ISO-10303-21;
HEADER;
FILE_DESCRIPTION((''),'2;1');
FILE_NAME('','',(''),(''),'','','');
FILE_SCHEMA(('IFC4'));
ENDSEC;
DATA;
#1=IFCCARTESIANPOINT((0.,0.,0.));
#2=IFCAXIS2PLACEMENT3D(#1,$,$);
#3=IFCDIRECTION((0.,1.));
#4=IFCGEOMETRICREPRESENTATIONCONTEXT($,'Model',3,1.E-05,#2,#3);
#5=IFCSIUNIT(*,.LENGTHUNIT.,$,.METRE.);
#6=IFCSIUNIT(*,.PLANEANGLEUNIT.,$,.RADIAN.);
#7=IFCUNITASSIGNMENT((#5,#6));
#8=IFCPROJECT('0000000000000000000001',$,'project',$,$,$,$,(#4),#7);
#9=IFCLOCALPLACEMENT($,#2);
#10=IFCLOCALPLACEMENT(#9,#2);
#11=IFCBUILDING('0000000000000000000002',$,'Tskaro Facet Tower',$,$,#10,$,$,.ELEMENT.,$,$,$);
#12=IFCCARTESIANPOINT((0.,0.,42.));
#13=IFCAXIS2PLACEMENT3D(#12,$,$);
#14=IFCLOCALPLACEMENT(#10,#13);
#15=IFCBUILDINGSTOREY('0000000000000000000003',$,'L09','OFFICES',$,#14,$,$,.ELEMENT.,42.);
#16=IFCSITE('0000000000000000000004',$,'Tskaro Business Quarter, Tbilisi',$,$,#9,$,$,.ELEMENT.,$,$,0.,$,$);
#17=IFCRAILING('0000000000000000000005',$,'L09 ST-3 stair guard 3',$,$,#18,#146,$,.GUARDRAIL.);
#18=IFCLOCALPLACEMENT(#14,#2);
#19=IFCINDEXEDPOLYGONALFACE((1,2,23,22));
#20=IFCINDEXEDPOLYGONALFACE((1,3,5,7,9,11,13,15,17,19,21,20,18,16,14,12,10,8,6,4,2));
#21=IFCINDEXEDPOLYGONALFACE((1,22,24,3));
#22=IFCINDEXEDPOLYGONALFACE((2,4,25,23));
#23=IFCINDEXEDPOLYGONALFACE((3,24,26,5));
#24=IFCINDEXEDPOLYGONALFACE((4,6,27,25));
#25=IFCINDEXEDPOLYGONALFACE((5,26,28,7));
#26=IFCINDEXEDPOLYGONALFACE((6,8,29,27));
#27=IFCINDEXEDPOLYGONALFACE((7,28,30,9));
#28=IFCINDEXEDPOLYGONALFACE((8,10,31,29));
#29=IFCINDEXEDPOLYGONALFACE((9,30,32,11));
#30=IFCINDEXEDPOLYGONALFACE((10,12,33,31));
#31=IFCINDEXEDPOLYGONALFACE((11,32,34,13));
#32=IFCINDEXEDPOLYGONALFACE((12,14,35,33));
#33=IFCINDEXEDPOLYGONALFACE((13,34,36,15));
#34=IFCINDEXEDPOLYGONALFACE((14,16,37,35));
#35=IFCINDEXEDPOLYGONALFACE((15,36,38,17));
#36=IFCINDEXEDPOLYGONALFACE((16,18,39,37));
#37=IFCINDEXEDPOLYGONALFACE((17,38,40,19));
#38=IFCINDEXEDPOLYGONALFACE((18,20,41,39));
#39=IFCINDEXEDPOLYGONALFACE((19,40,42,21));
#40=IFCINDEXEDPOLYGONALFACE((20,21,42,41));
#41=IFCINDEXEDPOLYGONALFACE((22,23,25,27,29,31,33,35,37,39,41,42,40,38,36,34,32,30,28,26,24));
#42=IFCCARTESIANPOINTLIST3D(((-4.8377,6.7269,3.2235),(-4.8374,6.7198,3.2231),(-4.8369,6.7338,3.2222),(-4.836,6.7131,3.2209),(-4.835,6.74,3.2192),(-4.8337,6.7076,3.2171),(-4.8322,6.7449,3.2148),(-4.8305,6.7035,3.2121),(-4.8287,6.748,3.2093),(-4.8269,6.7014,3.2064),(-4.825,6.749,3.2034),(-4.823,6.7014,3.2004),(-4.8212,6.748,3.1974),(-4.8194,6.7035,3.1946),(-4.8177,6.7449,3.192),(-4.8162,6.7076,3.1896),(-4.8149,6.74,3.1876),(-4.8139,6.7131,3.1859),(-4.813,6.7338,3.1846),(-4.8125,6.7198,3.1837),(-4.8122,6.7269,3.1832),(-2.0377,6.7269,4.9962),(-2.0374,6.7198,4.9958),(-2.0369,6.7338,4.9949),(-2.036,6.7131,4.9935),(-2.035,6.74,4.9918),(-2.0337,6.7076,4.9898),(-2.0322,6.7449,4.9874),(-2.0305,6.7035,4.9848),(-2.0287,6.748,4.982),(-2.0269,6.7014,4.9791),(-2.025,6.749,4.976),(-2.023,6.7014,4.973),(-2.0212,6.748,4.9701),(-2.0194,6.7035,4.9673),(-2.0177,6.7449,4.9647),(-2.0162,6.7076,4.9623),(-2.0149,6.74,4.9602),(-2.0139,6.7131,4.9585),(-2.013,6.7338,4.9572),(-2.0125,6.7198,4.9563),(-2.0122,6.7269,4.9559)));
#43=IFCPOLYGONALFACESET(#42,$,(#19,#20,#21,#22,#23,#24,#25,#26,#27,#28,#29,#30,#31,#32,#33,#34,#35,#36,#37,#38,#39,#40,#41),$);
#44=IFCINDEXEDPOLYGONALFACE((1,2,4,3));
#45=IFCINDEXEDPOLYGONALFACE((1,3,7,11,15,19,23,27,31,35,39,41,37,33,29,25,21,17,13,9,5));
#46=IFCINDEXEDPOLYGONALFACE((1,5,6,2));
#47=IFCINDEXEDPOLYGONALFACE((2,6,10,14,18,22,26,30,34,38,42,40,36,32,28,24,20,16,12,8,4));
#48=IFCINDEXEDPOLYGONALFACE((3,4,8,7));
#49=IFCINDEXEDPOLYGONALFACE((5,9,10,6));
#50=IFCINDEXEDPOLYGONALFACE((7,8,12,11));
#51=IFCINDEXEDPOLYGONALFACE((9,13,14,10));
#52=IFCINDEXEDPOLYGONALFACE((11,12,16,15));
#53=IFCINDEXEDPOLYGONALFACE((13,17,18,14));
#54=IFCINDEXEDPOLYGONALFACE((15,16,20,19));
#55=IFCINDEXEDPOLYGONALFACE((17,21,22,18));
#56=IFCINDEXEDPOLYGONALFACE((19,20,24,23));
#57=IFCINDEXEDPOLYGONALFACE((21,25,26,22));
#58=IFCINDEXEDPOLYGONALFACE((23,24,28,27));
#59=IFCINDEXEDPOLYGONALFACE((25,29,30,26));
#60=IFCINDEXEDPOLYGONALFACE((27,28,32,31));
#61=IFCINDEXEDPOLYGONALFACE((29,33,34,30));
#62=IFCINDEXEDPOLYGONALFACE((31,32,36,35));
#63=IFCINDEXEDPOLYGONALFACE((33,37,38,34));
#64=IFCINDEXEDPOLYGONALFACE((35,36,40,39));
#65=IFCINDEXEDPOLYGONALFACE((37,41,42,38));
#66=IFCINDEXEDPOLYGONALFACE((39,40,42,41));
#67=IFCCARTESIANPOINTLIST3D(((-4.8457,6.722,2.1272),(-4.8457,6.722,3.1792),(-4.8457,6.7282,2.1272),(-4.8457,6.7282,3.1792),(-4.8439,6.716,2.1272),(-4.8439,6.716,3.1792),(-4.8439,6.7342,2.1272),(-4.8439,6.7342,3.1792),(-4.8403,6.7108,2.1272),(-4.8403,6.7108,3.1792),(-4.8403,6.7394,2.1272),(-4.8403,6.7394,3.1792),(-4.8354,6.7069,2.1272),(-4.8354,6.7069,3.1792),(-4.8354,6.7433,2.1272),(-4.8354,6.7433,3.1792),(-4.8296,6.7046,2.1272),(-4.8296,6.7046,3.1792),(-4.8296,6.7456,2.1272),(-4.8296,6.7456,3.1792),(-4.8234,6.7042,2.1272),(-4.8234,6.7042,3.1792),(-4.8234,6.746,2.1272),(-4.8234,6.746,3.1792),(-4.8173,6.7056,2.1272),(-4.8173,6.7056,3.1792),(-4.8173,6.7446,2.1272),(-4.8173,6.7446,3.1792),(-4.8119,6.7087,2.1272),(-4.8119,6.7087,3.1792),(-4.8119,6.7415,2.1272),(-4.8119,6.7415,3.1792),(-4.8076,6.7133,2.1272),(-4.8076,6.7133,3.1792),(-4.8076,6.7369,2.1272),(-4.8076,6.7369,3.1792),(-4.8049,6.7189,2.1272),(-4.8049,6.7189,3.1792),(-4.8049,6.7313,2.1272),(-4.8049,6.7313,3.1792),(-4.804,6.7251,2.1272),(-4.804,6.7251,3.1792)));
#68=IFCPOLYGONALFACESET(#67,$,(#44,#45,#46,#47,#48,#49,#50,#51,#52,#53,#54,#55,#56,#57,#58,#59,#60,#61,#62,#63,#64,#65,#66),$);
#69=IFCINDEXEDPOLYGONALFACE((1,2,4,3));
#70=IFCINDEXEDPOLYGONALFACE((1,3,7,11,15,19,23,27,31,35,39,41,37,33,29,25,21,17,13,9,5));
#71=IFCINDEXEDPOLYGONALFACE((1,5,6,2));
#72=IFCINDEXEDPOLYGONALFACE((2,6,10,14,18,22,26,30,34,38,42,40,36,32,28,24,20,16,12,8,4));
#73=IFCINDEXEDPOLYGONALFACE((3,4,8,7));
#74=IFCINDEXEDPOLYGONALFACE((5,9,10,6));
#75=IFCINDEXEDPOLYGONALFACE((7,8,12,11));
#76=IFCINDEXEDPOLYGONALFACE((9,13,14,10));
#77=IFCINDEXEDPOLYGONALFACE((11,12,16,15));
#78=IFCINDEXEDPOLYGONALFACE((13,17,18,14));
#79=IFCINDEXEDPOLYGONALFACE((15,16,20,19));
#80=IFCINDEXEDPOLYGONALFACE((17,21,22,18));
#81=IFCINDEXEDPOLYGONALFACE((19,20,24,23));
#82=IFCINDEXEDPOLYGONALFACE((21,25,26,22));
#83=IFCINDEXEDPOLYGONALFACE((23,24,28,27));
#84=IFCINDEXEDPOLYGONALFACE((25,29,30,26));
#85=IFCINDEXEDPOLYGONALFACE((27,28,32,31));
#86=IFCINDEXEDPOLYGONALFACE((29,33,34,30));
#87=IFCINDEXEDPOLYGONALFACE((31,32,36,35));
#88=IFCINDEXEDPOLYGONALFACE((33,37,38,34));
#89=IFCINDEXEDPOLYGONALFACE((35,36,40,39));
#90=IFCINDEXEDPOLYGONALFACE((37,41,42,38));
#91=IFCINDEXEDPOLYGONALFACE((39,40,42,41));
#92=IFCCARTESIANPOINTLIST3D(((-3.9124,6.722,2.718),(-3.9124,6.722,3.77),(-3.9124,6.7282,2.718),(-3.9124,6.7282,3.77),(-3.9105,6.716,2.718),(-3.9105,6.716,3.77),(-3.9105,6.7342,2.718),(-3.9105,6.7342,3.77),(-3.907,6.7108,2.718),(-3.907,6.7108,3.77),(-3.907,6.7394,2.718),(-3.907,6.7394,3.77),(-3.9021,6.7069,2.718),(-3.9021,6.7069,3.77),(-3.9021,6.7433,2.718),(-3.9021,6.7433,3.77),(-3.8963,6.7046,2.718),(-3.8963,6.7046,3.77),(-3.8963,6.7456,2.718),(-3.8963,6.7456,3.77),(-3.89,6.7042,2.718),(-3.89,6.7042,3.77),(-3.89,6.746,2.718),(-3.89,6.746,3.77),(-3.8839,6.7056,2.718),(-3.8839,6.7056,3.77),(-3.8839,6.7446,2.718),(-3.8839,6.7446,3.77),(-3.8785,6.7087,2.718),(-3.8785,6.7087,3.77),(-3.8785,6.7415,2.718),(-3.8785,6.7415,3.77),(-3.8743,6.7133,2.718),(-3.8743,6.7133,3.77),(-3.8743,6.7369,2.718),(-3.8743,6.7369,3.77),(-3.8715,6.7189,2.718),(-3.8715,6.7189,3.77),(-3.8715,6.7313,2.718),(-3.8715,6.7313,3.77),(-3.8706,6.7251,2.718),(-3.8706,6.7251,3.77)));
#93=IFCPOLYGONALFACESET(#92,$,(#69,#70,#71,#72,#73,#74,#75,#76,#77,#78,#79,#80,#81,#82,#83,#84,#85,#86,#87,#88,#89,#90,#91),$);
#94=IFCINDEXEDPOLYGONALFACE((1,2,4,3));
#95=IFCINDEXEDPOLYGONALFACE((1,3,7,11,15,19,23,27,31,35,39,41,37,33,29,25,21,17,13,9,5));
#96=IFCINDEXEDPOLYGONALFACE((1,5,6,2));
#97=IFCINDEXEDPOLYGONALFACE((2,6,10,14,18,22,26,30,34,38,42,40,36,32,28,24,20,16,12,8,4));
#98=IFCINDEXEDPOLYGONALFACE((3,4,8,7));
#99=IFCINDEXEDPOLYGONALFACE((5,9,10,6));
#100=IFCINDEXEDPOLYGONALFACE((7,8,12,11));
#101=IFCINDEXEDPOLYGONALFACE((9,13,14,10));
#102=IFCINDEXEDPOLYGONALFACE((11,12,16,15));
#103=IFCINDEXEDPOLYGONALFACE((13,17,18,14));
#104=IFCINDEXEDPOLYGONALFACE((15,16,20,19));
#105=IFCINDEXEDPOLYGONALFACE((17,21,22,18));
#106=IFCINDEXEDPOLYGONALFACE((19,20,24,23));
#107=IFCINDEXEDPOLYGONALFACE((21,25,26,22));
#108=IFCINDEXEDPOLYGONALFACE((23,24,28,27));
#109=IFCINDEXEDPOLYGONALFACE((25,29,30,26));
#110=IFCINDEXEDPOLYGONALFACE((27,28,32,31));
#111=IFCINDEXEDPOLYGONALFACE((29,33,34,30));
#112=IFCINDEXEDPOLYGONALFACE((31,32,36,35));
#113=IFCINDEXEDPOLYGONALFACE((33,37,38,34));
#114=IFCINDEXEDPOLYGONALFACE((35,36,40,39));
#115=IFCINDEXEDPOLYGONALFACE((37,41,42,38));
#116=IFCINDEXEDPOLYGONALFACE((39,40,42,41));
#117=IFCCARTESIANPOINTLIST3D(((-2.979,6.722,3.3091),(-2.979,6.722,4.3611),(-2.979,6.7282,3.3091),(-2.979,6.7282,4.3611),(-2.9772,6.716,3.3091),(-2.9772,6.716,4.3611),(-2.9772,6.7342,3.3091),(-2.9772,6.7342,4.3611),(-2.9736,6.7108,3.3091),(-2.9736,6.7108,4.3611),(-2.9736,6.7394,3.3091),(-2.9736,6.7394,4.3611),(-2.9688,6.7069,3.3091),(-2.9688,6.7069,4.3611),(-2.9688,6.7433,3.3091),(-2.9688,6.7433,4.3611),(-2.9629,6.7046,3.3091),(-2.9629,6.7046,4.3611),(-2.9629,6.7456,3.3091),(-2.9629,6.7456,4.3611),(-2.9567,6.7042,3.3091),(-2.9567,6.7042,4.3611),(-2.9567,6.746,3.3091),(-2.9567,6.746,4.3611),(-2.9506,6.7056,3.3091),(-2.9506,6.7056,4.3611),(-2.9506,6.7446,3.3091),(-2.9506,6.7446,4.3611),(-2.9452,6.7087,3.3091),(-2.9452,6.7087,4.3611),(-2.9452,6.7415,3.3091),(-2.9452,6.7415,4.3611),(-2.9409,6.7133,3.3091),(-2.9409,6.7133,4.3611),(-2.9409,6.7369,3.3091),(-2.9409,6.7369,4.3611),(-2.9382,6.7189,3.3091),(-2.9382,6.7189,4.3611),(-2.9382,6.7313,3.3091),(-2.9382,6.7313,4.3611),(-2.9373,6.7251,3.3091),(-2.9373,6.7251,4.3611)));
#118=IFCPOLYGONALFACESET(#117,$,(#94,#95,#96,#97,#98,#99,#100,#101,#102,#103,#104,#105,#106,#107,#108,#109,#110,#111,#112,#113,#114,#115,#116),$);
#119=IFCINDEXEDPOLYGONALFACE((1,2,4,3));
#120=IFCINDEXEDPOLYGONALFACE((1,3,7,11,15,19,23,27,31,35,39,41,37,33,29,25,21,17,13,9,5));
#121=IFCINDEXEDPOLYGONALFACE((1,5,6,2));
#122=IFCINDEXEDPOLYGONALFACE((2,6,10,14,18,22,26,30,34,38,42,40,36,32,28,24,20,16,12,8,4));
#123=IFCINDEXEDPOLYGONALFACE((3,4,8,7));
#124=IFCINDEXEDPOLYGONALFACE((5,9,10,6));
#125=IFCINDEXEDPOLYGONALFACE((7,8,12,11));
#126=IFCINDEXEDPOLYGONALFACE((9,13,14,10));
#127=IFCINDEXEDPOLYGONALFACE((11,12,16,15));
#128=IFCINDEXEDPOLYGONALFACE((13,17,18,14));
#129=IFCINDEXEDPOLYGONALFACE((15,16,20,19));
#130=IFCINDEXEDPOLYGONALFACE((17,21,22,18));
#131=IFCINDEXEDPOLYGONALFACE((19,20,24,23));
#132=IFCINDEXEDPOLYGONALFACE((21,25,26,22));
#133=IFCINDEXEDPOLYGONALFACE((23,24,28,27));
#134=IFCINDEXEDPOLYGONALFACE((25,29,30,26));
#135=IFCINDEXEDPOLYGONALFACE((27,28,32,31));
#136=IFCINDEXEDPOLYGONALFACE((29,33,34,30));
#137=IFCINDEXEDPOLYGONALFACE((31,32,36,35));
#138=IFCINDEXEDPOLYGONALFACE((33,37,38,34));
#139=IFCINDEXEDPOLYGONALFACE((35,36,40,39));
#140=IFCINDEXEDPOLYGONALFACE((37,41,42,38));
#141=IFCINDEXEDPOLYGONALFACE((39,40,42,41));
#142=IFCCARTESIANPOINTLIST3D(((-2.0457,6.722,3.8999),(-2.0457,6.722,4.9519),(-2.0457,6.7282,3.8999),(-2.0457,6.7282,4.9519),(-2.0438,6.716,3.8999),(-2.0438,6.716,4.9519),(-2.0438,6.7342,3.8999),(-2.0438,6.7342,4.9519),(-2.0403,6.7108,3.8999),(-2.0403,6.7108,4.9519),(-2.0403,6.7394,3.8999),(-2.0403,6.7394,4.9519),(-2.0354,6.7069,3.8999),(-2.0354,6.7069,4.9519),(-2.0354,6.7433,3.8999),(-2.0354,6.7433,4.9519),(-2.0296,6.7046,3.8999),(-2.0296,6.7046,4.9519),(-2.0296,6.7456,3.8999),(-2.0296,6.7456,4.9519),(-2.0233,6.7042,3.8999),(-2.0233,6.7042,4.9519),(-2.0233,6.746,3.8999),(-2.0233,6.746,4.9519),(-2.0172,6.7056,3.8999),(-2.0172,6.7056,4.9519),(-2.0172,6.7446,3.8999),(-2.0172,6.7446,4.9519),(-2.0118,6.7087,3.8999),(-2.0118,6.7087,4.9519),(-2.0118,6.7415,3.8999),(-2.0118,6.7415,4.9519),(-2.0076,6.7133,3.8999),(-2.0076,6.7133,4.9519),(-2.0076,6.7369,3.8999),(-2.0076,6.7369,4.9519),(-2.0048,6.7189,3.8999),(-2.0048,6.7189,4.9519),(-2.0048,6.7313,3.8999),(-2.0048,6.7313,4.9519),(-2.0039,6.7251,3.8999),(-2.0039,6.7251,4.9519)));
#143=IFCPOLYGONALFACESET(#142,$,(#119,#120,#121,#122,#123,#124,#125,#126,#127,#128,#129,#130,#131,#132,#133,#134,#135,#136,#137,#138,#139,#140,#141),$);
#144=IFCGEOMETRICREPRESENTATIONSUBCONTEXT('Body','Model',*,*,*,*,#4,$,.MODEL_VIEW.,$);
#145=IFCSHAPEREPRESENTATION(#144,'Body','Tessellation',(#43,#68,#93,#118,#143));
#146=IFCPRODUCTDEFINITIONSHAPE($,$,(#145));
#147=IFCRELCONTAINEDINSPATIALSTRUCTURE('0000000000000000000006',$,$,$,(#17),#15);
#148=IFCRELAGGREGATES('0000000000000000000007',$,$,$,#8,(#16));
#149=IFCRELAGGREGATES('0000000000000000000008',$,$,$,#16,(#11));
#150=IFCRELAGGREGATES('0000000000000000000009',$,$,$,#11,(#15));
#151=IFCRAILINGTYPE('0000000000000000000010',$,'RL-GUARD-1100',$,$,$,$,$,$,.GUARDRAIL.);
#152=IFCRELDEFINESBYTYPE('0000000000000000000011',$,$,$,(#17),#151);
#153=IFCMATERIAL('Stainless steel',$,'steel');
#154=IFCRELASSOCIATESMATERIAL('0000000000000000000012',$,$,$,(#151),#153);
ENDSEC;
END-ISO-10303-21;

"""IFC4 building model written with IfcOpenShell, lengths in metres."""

from ifc_helpers import new_model, si_unit, direction, frame, origin, origin_2d, place, context, subcontext, project, spatial, circle, extrude, material, type_object, element, save


model = new_model("IFC4")

# Units and contexts
model_context = context("Model", 3, precision=1e-05, world=origin(), true_north=direction((0.0, 1.0)))
body_context = subcontext(model_context, "Body", "Model", "MODEL_VIEW")
ifc_project = project(units=[si_unit("LENGTHUNIT", "METRE"), si_unit("PLANEANGLEUNIT", "RADIAN")], contexts=[model_context])

# Site, building, storey
site_placement = place(None, origin())
site = spatial("IfcSite", under=ifc_project, at=site_placement, Name="Tskaro Business Quarter, Tbilisi", CompositionType="ELEMENT", RefElevation=0.0)
building_placement = place(site_placement, origin())
building = spatial("IfcBuilding", under=site, at=building_placement, Name="Tskaro Facet Tower", CompositionType="ELEMENT")
storey_placement = place(building_placement, frame((0.0, 0.0, 42.0)))
storey = spatial("IfcBuildingStorey", under=building, at=storey_placement, Name="L09", Description="OFFICES", CompositionType="ELEMENT", Elevation=42.0)

# Railing
ifc_material_1 = material(Name="Stainless steel", Category="steel")
railing_type_1 = type_object("IfcRailingType", Name="RL-GUARD-1100", PredefinedType="GUARDRAIL", material=ifc_material_1)
railing_1_placement = place(storey_placement, frame((-4.825, 6.7251, 2.1272)))
element("IfcRailing", 1, at=railing_1_placement, inside=storey, type_object=railing_type_1, Name="L09 ST-3 stair guard 3", PredefinedType="GUARDRAIL", context=body_context, shape_type="SweptSolid", body=[
    extrude(circle(Radius=0.0239, at=origin_2d()), frame((0.0, 0.0, 1.0762), z_axis=(0.844909, 0.0, 0.53491), x_axis=(0.0, 1.0, 0.0)), (0.0, 0.0, 1.0), 3.314),
    extrude(circle(Radius=0.021, at=origin_2d()), origin(), (0.0, 0.0, 1.0), 1.052),
    extrude(circle(Radius=0.021, at=origin_2d()), frame((0.9333, 0.0, 0.5908)), (0.0, 0.0, 1.0), 1.052),
    extrude(circle(Radius=0.021, at=origin_2d()), frame((1.8667, 0.0, 1.1819)), (0.0, 0.0, 1.0), 1.052),
    extrude(circle(Radius=0.021, at=origin_2d()), frame((2.8, 0.0, 1.7727)), (0.0, 0.0, 1.0), 1.052),
])

save(model, "model.ifc")
